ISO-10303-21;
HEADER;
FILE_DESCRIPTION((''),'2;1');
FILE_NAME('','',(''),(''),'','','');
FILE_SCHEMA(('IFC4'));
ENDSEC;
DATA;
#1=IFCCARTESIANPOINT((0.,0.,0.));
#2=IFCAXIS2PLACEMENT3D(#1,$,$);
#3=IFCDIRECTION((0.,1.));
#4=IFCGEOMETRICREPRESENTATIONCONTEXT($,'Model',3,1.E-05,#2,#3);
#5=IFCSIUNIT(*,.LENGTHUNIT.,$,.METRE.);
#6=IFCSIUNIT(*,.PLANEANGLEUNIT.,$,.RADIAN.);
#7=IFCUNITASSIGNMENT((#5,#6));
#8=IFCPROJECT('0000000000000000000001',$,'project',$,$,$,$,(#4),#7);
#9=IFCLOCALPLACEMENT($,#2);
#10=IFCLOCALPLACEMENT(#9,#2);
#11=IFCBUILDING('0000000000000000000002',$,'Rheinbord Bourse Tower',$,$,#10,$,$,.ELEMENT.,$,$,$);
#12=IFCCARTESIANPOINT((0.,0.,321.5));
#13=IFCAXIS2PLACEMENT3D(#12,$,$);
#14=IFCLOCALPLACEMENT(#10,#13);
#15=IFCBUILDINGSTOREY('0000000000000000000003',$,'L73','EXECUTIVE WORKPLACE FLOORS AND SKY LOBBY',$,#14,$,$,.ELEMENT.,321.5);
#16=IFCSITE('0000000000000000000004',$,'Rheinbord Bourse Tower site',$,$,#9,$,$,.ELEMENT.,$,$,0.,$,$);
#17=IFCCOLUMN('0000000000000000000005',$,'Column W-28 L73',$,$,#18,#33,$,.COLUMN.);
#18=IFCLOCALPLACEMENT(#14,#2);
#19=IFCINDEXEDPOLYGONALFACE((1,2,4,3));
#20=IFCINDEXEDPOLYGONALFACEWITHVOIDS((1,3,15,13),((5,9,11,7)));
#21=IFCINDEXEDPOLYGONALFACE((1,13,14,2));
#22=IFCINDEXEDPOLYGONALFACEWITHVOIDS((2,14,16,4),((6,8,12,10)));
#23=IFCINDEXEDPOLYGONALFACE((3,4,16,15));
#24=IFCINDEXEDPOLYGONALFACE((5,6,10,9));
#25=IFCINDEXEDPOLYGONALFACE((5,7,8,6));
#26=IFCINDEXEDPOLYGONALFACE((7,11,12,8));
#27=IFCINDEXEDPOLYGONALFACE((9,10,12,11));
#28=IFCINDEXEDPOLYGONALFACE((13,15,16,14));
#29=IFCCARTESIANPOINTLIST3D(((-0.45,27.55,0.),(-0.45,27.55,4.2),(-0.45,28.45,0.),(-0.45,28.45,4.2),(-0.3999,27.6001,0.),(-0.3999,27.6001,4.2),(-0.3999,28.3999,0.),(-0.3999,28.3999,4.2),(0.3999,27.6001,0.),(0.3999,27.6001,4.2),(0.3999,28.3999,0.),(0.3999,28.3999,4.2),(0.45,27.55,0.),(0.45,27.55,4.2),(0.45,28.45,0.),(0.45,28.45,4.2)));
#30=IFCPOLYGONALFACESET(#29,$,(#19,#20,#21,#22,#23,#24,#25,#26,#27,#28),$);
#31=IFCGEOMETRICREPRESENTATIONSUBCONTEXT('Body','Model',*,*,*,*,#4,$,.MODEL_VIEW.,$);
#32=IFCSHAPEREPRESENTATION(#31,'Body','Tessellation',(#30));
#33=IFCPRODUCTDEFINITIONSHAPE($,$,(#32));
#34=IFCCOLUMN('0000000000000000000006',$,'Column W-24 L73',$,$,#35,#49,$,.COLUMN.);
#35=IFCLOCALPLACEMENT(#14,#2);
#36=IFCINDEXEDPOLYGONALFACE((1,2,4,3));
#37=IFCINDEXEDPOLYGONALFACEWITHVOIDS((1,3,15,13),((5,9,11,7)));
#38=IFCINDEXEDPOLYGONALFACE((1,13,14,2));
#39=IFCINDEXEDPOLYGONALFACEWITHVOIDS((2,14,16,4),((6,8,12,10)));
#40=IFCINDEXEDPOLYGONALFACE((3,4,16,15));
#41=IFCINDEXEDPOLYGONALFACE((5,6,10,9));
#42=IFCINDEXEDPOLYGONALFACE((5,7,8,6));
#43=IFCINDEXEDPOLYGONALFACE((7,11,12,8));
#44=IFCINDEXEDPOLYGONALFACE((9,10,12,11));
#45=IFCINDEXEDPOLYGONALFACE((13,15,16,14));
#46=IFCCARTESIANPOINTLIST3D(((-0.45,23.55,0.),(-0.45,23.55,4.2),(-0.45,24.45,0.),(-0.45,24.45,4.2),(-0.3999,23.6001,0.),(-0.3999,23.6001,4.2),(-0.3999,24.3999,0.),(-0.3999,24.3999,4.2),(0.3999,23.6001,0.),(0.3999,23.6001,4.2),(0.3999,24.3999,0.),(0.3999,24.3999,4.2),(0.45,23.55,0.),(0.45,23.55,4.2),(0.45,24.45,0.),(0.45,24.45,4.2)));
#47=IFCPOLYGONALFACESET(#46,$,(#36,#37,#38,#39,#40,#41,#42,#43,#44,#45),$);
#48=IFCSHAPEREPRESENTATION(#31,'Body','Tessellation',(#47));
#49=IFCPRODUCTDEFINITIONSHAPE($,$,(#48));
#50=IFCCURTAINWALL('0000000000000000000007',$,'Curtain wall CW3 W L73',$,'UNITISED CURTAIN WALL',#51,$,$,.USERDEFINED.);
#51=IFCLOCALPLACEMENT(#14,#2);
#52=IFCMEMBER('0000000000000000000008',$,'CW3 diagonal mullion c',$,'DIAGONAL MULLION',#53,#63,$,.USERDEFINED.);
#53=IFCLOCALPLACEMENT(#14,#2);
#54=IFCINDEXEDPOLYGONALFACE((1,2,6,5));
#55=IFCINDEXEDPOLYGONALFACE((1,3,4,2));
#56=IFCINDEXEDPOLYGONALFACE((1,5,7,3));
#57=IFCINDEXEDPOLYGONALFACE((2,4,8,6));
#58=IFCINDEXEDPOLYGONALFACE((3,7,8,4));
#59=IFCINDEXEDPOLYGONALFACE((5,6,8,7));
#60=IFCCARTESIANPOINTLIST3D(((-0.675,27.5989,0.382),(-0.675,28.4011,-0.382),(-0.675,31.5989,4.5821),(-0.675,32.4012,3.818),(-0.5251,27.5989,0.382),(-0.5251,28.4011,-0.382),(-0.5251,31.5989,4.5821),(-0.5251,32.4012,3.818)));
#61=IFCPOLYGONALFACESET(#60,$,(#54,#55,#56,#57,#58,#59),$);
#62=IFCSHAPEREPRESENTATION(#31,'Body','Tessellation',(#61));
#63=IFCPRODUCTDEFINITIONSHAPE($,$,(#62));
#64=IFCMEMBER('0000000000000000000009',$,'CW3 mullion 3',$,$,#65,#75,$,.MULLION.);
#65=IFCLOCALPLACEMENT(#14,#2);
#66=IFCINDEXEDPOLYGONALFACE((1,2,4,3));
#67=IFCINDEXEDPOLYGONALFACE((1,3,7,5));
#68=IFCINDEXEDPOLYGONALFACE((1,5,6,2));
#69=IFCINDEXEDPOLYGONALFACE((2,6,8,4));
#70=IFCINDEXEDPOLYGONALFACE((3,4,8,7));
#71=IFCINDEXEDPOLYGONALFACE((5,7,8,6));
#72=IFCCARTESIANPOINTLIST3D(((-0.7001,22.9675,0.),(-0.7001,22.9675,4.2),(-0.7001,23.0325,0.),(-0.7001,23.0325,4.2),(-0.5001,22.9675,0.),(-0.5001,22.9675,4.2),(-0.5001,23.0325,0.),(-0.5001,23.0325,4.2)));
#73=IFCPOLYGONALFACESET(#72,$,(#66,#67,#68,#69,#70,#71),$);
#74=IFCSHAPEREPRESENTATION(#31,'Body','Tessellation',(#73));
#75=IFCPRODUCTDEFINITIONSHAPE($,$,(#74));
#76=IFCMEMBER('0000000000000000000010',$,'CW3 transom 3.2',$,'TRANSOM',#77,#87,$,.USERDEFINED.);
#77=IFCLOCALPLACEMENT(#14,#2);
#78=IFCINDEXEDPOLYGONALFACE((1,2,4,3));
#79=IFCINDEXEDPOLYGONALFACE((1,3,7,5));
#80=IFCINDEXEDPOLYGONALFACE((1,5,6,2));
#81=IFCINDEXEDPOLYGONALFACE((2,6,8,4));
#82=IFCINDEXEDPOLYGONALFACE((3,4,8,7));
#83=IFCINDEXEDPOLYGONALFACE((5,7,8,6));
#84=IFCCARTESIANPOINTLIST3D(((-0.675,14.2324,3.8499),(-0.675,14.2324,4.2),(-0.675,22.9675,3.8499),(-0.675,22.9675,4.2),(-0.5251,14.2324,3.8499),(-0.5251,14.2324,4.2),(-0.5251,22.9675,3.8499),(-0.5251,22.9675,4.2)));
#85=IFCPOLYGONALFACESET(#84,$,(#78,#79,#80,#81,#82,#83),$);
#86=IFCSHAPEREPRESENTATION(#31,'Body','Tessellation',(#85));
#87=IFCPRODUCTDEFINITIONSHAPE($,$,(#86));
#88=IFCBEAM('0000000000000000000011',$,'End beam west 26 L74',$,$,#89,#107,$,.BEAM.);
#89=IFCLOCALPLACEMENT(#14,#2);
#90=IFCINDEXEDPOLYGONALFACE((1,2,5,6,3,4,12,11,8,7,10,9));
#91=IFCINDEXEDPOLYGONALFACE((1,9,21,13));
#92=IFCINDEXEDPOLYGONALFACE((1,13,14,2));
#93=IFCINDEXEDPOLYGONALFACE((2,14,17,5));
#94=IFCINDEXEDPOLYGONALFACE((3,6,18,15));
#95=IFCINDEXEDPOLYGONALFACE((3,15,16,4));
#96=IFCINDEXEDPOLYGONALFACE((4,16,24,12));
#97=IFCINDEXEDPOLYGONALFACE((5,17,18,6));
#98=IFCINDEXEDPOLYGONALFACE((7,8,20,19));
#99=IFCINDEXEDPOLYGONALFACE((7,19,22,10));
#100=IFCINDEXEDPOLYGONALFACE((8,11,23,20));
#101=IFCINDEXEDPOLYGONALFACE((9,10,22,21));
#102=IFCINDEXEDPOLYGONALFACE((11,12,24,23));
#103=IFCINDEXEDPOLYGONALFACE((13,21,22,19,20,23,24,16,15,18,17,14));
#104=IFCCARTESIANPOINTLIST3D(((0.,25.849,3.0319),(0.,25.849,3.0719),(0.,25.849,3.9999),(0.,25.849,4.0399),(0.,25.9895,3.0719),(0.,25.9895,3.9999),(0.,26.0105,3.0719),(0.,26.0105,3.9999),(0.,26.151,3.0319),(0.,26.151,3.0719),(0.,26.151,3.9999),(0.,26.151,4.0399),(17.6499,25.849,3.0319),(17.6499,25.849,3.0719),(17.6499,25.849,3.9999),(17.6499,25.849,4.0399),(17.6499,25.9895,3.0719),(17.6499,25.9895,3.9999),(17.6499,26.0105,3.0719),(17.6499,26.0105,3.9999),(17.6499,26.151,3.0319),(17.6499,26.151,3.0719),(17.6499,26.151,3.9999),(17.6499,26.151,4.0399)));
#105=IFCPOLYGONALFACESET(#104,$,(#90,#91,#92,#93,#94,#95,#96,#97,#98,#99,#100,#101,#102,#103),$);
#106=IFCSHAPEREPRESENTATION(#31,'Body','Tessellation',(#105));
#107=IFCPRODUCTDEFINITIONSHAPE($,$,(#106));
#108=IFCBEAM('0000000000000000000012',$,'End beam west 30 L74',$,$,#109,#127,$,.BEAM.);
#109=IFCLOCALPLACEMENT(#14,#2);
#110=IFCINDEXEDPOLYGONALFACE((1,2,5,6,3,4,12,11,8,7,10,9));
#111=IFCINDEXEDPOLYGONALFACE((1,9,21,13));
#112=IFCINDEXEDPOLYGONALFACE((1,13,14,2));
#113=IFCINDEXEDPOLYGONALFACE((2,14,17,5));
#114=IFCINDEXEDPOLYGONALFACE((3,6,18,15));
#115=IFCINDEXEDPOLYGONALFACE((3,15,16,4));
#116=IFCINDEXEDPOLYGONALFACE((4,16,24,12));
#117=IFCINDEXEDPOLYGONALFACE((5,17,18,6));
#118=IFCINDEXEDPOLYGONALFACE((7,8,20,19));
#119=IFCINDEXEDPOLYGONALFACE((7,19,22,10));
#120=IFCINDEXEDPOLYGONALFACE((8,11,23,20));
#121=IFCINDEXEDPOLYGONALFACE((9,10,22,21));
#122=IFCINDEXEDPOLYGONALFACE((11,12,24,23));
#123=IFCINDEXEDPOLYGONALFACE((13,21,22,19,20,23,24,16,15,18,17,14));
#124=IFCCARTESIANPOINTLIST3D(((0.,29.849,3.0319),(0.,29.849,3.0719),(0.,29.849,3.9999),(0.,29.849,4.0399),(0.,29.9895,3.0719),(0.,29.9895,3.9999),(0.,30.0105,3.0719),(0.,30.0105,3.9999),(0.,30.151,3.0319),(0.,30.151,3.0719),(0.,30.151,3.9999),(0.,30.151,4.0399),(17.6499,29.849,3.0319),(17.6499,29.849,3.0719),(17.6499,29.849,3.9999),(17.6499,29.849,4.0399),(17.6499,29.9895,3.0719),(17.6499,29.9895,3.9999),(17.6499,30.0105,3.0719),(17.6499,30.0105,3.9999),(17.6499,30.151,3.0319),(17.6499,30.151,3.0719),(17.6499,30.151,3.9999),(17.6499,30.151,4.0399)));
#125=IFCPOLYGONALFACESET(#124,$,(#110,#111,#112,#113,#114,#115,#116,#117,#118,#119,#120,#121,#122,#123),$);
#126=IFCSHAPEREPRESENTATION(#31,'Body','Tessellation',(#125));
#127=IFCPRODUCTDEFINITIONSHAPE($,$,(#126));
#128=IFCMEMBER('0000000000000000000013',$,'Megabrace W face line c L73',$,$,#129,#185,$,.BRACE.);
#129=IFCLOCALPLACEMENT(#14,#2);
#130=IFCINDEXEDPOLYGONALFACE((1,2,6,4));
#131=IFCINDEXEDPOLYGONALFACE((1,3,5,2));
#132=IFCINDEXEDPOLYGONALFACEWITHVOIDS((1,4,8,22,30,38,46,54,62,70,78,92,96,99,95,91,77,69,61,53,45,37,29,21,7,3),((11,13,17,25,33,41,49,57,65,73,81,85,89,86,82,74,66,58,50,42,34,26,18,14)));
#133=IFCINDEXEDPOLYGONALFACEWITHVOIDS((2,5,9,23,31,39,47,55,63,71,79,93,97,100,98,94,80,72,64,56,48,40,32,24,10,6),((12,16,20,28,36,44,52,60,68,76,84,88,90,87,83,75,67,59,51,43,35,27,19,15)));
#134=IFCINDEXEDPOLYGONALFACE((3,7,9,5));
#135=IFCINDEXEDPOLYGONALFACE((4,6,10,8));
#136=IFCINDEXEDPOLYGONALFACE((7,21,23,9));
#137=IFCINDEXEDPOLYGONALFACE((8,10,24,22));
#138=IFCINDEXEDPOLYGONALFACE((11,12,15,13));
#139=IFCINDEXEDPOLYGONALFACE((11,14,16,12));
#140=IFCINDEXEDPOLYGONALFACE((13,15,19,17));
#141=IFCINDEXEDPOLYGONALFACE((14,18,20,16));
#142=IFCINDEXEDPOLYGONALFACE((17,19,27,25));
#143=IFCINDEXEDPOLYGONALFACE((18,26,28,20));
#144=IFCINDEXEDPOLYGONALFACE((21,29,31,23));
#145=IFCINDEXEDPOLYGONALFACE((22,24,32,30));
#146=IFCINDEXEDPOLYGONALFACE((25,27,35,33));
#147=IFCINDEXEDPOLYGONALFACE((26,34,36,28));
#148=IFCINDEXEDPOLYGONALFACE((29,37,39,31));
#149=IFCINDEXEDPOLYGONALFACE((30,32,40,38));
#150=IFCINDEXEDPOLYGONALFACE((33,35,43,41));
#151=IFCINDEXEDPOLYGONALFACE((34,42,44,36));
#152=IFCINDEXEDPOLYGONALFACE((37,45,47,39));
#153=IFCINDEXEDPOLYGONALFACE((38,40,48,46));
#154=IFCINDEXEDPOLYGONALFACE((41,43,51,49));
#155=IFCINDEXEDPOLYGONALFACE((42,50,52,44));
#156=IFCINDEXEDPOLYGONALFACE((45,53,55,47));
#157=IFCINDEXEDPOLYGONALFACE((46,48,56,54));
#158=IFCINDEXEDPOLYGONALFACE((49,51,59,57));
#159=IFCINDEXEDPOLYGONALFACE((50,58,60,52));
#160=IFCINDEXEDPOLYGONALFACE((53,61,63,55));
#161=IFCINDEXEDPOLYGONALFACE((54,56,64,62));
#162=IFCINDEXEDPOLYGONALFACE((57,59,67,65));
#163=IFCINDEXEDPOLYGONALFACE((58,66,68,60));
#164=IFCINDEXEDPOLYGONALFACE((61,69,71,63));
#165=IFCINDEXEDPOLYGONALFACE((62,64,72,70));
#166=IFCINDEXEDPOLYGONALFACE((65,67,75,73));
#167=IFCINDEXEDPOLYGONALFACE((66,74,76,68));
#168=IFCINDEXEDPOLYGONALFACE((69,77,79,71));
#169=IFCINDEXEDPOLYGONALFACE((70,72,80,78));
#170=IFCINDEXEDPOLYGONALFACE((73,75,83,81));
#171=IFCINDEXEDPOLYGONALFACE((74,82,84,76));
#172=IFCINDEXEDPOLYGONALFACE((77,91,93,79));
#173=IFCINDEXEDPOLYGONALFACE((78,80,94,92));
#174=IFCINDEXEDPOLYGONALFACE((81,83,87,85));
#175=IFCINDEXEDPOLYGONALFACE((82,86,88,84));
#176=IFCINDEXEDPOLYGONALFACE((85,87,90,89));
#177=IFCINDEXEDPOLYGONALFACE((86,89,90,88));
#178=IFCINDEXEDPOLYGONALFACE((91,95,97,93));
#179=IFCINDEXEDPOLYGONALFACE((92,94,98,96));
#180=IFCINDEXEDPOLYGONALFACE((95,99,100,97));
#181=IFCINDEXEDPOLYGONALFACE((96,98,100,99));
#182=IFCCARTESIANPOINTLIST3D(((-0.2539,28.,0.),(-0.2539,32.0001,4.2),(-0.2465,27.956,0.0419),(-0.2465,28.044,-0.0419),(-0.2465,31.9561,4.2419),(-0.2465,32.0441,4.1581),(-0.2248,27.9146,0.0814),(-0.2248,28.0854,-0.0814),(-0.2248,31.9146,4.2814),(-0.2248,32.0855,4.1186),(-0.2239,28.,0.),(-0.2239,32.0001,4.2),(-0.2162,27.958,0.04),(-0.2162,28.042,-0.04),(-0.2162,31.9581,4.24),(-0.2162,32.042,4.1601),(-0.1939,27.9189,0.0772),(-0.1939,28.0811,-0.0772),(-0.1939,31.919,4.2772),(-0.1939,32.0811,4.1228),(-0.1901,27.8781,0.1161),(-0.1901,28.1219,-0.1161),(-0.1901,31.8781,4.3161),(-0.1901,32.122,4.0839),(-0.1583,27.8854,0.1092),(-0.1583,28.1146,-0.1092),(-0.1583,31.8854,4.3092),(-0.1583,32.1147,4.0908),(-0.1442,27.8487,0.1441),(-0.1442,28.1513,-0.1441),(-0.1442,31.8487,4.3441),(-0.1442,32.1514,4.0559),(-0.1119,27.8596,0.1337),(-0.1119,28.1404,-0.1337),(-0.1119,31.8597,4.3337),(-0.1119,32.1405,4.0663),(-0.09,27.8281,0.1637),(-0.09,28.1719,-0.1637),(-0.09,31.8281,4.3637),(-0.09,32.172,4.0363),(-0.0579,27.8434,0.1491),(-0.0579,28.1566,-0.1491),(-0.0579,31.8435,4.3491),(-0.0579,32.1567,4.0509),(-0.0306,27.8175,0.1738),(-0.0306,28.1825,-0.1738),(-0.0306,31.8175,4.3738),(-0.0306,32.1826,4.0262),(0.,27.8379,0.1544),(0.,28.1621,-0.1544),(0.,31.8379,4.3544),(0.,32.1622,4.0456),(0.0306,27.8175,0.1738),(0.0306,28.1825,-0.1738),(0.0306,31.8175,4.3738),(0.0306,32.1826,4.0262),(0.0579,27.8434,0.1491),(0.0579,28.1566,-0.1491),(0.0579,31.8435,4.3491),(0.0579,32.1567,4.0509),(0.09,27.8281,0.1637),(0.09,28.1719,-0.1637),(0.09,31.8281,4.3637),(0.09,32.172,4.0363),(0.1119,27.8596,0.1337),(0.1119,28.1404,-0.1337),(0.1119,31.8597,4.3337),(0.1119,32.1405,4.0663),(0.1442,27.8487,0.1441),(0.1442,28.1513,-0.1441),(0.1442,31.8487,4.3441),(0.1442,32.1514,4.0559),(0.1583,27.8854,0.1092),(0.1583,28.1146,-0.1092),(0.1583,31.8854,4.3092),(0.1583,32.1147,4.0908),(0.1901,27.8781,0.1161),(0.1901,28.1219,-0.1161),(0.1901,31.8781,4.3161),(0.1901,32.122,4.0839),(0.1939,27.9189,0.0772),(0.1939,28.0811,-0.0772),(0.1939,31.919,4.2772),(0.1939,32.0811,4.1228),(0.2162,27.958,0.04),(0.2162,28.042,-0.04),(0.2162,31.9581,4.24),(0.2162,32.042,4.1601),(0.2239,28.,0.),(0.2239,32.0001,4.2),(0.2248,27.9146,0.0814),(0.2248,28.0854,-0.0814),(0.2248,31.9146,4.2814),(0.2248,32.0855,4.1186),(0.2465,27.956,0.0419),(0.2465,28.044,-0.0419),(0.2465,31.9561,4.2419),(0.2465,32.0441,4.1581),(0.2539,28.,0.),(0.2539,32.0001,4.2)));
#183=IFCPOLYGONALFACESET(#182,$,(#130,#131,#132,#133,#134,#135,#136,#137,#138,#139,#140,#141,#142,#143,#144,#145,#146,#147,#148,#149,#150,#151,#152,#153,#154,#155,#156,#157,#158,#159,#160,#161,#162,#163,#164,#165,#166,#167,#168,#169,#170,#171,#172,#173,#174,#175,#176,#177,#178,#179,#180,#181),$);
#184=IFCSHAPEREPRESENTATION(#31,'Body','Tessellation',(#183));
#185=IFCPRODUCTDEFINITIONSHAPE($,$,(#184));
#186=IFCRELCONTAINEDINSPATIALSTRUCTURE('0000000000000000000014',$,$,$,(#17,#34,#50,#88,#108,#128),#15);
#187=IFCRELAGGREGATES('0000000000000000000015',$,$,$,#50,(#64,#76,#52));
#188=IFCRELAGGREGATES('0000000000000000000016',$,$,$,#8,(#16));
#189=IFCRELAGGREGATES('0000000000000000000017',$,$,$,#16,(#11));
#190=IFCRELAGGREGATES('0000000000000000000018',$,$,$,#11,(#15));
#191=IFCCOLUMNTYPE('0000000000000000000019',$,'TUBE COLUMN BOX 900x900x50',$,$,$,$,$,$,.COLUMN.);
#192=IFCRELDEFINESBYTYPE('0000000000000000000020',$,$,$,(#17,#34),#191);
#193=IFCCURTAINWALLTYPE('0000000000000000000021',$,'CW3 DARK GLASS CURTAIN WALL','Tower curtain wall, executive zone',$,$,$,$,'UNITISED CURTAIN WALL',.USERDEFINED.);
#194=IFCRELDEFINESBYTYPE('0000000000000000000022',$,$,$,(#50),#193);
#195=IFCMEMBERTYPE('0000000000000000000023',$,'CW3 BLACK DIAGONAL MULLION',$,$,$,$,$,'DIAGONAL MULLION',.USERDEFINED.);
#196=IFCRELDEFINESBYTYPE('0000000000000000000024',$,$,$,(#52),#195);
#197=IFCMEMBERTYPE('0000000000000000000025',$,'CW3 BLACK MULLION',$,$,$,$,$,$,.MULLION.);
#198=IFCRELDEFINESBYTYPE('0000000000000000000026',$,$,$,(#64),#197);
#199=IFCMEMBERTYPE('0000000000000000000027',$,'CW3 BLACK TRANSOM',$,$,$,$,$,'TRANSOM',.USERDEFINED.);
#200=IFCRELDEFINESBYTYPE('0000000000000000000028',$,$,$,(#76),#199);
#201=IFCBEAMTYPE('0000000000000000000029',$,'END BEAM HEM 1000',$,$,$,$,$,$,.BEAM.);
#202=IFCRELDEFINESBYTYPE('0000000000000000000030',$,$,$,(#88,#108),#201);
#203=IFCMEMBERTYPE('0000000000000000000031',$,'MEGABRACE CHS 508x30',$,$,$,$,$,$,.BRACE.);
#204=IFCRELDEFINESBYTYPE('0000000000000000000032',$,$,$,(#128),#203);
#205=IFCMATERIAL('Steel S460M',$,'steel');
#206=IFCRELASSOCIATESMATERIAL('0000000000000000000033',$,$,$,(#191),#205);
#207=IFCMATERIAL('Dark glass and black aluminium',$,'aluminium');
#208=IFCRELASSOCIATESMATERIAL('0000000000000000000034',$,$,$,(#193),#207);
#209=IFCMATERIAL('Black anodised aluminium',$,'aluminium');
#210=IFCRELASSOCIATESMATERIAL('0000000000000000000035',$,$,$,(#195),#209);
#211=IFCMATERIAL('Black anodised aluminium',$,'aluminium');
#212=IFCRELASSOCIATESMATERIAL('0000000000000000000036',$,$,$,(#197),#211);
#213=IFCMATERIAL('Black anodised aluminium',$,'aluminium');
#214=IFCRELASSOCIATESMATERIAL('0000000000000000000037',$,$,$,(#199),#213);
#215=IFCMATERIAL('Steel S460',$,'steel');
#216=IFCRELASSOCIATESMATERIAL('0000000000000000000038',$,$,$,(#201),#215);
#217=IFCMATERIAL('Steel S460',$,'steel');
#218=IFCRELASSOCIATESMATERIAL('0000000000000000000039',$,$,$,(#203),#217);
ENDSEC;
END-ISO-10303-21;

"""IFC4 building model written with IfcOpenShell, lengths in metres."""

from ifc_helpers import new_model, si_unit, direction, frame, origin, origin_2d, place, context, subcontext, project, spatial, rectangle, hollow_rectangle, hollow_circle, i_section, extrude, material, material_profile, profile_set, type_object, element, aggregate, save


model = new_model("IFC4")

# Units and contexts
model_context = context("Model", 3, precision=1e-05, world=origin(), true_north=direction((0.0, 1.0)))
body_context = subcontext(model_context, "Body", "Model", "MODEL_VIEW")
ifc_project = project(units=[si_unit("LENGTHUNIT", "METRE"), si_unit("PLANEANGLEUNIT", "RADIAN")], contexts=[model_context])

# Site, building, storey
site_placement = place(None, origin())
site = spatial("IfcSite", under=ifc_project, at=site_placement, Name="Rheinbord Bourse Tower site", CompositionType="ELEMENT", RefElevation=0.0)
building_placement = place(site_placement, origin())
building = spatial("IfcBuilding", under=site, at=building_placement, Name="Rheinbord Bourse Tower", CompositionType="ELEMENT")
storey_placement = place(building_placement, frame((0.0, 0.0, 321.5)))
storey = spatial("IfcBuildingStorey", under=building, at=storey_placement, Name="L73", Description="EXECUTIVE WORKPLACE FLOORS AND SKY LOBBY", CompositionType="ELEMENT", Elevation=321.5)

# Columns
ifc_material_1 = material(Name="Steel S460M", Category="steel")
ifc_material_profile_1 = material_profile(ifc_material_1, hollow_rectangle(XDim=0.8999, YDim=0.8999, WallThickness=0.05, at=origin_2d()), Name="BOX 900x900x50")
ifc_profile_set_1 = profile_set([ifc_material_profile_1], Name="Steel S460M")
column_type = type_object("IfcColumnType", Name="TUBE COLUMN BOX 900x900x50", PredefinedType="COLUMN", material=ifc_profile_set_1)
for number, where, z_axis, x_axis, name in (
    (1, (0.0, 28.0, 0.0), (0.0, 0.0, 1.0), (1.0, 0.0, 0.0), "Column W-28 L73"),
    (2, (0.0, 24.0, 0.0), (0.0, 0.0, 1.0), (1.0, 0.0, 0.0), "Column W-24 L73"),
):
    element("IfcColumn", number, at=place(storey_placement, frame(where, z_axis=z_axis, x_axis=x_axis)), inside=storey, type_object=column_type, Name=name, PredefinedType="COLUMN", context=body_context, shape_type="SweptSolid", body=[
        extrude(hollow_rectangle(XDim=0.8999, YDim=0.8999, WallThickness=0.05, at=origin_2d()), origin(), (0.0, 0.0, 1.0), 4.2),
    ])

# Curtain wall, members
ifc_material_2 = material(Name="Dark glass and black aluminium", Category="aluminium")
curtain_wall_type = type_object("IfcCurtainWallType", Name="CW3 DARK GLASS CURTAIN WALL", Description="Tower curtain wall, executive zone", ElementType="UNITISED CURTAIN WALL", PredefinedType="USERDEFINED", material=ifc_material_2)
curtain_wall_placement = place(storey_placement, origin())
curtain_wall = element("IfcCurtainWall", 3, at=curtain_wall_placement, inside=storey, type_object=curtain_wall_type, Name="Curtain wall CW3 W L73", ObjectType="UNITISED CURTAIN WALL", PredefinedType="USERDEFINED")
ifc_material_3 = material(Name="Black anodised aluminium", Category="aluminium")
ifc_material_profile_2 = material_profile(ifc_material_3, rectangle(XDim=0.1499, YDim=1.1079, at=origin_2d()), Name="CW3 DIAGONAL MULLION 1108x150")
ifc_profile_set_2 = profile_set([ifc_material_profile_2], Name="Black anodised aluminium")
member_type_1 = type_object("IfcMemberType", Name="CW3 BLACK DIAGONAL MULLION", ElementType="DIAGONAL MULLION", PredefinedType="USERDEFINED", material=ifc_profile_set_2)
member_1_placement = place(storey_placement, frame((-0.6001, 28.0, 0.0), z_axis=(0.0, 0.689659, 0.724134), x_axis=(-1.0, 0.0, 0.0)))
member_1 = element("IfcMember", 4, at=member_1_placement, type_object=member_type_1, Name="CW3 diagonal mullion c", ObjectType="DIAGONAL MULLION", PredefinedType="USERDEFINED", context=body_context, shape_type="SweptSolid", body=[
    extrude(rectangle(XDim=0.1499, YDim=1.1079, at=origin_2d()), origin(), (0.0, 0.0, 1.0), 5.8),
])
ifc_material_4 = material(Name="Black anodised aluminium", Category="aluminium")
ifc_material_profile_3 = material_profile(ifc_material_4, rectangle(XDim=0.2, YDim=0.0649, at=origin_2d()), Name="CW3 MULLION 65x200")
ifc_profile_set_3 = profile_set([ifc_material_profile_3], Name="Black anodised aluminium")
member_type_2 = type_object("IfcMemberType", Name="CW3 BLACK MULLION", PredefinedType="MULLION", material=ifc_profile_set_3)
member_2_placement = place(storey_placement, frame((-0.6001, 23.0, 0.0), z_axis=(0.0, 0.0, 1.0), x_axis=(1.0, 0.0, 0.0)))
member_2 = element("IfcMember", 5, at=member_2_placement, type_object=member_type_2, Name="CW3 mullion 3", PredefinedType="MULLION", context=body_context, shape_type="SweptSolid", body=[
    extrude(rectangle(XDim=0.2, YDim=0.0649, at=origin_2d()), origin(), (0.0, 0.0, 1.0), 4.2),
])
ifc_material_5 = material(Name="Black anodised aluminium", Category="aluminium")
ifc_material_profile_4 = material_profile(ifc_material_5, rectangle(XDim=0.1499, YDim=0.3501, at=origin_2d()), Name="CW3 TRANSOM 350x150")
ifc_profile_set_4 = profile_set([ifc_material_profile_4], Name="Black anodised aluminium")
member_type_3 = type_object("IfcMemberType", Name="CW3 BLACK TRANSOM", ElementType="TRANSOM", PredefinedType="USERDEFINED", material=ifc_profile_set_4)
member_3_placement = place(storey_placement, frame((-0.6001, 22.9675, 4.0249), z_axis=(0.0, -1.0, 0.0), x_axis=(1.0, 0.0, 0.0)))
member_3 = element("IfcMember", 6, at=member_3_placement, type_object=member_type_3, Name="CW3 transom 3.2", ObjectType="TRANSOM", PredefinedType="USERDEFINED", context=body_context, shape_type="SweptSolid", body=[
    extrude(rectangle(XDim=0.1499, YDim=0.3501, at=origin_2d()), origin(), (0.0, 0.0, 1.0), 8.7351),
])

# Beams
ifc_material_6 = material(Name="Steel S460", Category="steel")
ifc_material_profile_5 = material_profile(ifc_material_6, i_section(OverallWidth=0.302, OverallDepth=1.0081, WebThickness=0.021, FlangeThickness=0.04, at=origin_2d()), Name="HEM 1000")
ifc_profile_set_5 = profile_set([ifc_material_profile_5], Name="Steel S460")
beam_type_1 = type_object("IfcBeamType", Name="END BEAM HEM 1000", PredefinedType="BEAM", material=ifc_profile_set_5)
for number, where, z_axis, x_axis, name in (
    (7, (0.0, 26.0, 3.5359), (1.0, 0.0, 0.0), (0.0, 1.0, 0.0), "End beam west 26 L74"),
    (8, (0.0, 30.0, 3.5359), (1.0, 0.0, 0.0), (0.0, 1.0, 0.0), "End beam west 30 L74"),
):
    element("IfcBeam", number, at=place(storey_placement, frame(where, z_axis=z_axis, x_axis=x_axis)), inside=storey, type_object=beam_type_1, Name=name, PredefinedType="BEAM", context=body_context, shape_type="SweptSolid", body=[
        extrude(i_section(OverallWidth=0.302, OverallDepth=1.0081, WebThickness=0.021, FlangeThickness=0.04, at=origin_2d()), origin(), (0.0, 0.0, 1.0), 17.6499),
    ])

# Member
ifc_material_7 = material(Name="Steel S460", Category="steel")
ifc_material_profile_6 = material_profile(ifc_material_7, hollow_circle(Radius=0.2539, WallThickness=0.03, at=origin_2d()), Name="CHS 508x30")
ifc_profile_set_6 = profile_set([ifc_material_profile_6], Name="Steel S460")
member_type_4 = type_object("IfcMemberType", Name="MEGABRACE CHS 508x30", PredefinedType="BRACE", material=ifc_profile_set_6)
member_4_placement = place(storey_placement, frame((0.0, 28.0, 0.0), z_axis=(0.0, 0.689659, 0.724134), x_axis=(-1.0, 0.0, 0.0)))
element("IfcMember", 9, at=member_4_placement, inside=storey, type_object=member_type_4, Name="Megabrace W face line c L73", PredefinedType="BRACE", context=body_context, shape_type="SweptSolid", body=[
    extrude(hollow_circle(Radius=0.2539, WallThickness=0.03, at=origin_2d()), origin(), (0.0, 0.0, 1.0), 5.8),
])

aggregate(curtain_wall, [member_2, member_3, member_1])

save(model, "model.ifc")
